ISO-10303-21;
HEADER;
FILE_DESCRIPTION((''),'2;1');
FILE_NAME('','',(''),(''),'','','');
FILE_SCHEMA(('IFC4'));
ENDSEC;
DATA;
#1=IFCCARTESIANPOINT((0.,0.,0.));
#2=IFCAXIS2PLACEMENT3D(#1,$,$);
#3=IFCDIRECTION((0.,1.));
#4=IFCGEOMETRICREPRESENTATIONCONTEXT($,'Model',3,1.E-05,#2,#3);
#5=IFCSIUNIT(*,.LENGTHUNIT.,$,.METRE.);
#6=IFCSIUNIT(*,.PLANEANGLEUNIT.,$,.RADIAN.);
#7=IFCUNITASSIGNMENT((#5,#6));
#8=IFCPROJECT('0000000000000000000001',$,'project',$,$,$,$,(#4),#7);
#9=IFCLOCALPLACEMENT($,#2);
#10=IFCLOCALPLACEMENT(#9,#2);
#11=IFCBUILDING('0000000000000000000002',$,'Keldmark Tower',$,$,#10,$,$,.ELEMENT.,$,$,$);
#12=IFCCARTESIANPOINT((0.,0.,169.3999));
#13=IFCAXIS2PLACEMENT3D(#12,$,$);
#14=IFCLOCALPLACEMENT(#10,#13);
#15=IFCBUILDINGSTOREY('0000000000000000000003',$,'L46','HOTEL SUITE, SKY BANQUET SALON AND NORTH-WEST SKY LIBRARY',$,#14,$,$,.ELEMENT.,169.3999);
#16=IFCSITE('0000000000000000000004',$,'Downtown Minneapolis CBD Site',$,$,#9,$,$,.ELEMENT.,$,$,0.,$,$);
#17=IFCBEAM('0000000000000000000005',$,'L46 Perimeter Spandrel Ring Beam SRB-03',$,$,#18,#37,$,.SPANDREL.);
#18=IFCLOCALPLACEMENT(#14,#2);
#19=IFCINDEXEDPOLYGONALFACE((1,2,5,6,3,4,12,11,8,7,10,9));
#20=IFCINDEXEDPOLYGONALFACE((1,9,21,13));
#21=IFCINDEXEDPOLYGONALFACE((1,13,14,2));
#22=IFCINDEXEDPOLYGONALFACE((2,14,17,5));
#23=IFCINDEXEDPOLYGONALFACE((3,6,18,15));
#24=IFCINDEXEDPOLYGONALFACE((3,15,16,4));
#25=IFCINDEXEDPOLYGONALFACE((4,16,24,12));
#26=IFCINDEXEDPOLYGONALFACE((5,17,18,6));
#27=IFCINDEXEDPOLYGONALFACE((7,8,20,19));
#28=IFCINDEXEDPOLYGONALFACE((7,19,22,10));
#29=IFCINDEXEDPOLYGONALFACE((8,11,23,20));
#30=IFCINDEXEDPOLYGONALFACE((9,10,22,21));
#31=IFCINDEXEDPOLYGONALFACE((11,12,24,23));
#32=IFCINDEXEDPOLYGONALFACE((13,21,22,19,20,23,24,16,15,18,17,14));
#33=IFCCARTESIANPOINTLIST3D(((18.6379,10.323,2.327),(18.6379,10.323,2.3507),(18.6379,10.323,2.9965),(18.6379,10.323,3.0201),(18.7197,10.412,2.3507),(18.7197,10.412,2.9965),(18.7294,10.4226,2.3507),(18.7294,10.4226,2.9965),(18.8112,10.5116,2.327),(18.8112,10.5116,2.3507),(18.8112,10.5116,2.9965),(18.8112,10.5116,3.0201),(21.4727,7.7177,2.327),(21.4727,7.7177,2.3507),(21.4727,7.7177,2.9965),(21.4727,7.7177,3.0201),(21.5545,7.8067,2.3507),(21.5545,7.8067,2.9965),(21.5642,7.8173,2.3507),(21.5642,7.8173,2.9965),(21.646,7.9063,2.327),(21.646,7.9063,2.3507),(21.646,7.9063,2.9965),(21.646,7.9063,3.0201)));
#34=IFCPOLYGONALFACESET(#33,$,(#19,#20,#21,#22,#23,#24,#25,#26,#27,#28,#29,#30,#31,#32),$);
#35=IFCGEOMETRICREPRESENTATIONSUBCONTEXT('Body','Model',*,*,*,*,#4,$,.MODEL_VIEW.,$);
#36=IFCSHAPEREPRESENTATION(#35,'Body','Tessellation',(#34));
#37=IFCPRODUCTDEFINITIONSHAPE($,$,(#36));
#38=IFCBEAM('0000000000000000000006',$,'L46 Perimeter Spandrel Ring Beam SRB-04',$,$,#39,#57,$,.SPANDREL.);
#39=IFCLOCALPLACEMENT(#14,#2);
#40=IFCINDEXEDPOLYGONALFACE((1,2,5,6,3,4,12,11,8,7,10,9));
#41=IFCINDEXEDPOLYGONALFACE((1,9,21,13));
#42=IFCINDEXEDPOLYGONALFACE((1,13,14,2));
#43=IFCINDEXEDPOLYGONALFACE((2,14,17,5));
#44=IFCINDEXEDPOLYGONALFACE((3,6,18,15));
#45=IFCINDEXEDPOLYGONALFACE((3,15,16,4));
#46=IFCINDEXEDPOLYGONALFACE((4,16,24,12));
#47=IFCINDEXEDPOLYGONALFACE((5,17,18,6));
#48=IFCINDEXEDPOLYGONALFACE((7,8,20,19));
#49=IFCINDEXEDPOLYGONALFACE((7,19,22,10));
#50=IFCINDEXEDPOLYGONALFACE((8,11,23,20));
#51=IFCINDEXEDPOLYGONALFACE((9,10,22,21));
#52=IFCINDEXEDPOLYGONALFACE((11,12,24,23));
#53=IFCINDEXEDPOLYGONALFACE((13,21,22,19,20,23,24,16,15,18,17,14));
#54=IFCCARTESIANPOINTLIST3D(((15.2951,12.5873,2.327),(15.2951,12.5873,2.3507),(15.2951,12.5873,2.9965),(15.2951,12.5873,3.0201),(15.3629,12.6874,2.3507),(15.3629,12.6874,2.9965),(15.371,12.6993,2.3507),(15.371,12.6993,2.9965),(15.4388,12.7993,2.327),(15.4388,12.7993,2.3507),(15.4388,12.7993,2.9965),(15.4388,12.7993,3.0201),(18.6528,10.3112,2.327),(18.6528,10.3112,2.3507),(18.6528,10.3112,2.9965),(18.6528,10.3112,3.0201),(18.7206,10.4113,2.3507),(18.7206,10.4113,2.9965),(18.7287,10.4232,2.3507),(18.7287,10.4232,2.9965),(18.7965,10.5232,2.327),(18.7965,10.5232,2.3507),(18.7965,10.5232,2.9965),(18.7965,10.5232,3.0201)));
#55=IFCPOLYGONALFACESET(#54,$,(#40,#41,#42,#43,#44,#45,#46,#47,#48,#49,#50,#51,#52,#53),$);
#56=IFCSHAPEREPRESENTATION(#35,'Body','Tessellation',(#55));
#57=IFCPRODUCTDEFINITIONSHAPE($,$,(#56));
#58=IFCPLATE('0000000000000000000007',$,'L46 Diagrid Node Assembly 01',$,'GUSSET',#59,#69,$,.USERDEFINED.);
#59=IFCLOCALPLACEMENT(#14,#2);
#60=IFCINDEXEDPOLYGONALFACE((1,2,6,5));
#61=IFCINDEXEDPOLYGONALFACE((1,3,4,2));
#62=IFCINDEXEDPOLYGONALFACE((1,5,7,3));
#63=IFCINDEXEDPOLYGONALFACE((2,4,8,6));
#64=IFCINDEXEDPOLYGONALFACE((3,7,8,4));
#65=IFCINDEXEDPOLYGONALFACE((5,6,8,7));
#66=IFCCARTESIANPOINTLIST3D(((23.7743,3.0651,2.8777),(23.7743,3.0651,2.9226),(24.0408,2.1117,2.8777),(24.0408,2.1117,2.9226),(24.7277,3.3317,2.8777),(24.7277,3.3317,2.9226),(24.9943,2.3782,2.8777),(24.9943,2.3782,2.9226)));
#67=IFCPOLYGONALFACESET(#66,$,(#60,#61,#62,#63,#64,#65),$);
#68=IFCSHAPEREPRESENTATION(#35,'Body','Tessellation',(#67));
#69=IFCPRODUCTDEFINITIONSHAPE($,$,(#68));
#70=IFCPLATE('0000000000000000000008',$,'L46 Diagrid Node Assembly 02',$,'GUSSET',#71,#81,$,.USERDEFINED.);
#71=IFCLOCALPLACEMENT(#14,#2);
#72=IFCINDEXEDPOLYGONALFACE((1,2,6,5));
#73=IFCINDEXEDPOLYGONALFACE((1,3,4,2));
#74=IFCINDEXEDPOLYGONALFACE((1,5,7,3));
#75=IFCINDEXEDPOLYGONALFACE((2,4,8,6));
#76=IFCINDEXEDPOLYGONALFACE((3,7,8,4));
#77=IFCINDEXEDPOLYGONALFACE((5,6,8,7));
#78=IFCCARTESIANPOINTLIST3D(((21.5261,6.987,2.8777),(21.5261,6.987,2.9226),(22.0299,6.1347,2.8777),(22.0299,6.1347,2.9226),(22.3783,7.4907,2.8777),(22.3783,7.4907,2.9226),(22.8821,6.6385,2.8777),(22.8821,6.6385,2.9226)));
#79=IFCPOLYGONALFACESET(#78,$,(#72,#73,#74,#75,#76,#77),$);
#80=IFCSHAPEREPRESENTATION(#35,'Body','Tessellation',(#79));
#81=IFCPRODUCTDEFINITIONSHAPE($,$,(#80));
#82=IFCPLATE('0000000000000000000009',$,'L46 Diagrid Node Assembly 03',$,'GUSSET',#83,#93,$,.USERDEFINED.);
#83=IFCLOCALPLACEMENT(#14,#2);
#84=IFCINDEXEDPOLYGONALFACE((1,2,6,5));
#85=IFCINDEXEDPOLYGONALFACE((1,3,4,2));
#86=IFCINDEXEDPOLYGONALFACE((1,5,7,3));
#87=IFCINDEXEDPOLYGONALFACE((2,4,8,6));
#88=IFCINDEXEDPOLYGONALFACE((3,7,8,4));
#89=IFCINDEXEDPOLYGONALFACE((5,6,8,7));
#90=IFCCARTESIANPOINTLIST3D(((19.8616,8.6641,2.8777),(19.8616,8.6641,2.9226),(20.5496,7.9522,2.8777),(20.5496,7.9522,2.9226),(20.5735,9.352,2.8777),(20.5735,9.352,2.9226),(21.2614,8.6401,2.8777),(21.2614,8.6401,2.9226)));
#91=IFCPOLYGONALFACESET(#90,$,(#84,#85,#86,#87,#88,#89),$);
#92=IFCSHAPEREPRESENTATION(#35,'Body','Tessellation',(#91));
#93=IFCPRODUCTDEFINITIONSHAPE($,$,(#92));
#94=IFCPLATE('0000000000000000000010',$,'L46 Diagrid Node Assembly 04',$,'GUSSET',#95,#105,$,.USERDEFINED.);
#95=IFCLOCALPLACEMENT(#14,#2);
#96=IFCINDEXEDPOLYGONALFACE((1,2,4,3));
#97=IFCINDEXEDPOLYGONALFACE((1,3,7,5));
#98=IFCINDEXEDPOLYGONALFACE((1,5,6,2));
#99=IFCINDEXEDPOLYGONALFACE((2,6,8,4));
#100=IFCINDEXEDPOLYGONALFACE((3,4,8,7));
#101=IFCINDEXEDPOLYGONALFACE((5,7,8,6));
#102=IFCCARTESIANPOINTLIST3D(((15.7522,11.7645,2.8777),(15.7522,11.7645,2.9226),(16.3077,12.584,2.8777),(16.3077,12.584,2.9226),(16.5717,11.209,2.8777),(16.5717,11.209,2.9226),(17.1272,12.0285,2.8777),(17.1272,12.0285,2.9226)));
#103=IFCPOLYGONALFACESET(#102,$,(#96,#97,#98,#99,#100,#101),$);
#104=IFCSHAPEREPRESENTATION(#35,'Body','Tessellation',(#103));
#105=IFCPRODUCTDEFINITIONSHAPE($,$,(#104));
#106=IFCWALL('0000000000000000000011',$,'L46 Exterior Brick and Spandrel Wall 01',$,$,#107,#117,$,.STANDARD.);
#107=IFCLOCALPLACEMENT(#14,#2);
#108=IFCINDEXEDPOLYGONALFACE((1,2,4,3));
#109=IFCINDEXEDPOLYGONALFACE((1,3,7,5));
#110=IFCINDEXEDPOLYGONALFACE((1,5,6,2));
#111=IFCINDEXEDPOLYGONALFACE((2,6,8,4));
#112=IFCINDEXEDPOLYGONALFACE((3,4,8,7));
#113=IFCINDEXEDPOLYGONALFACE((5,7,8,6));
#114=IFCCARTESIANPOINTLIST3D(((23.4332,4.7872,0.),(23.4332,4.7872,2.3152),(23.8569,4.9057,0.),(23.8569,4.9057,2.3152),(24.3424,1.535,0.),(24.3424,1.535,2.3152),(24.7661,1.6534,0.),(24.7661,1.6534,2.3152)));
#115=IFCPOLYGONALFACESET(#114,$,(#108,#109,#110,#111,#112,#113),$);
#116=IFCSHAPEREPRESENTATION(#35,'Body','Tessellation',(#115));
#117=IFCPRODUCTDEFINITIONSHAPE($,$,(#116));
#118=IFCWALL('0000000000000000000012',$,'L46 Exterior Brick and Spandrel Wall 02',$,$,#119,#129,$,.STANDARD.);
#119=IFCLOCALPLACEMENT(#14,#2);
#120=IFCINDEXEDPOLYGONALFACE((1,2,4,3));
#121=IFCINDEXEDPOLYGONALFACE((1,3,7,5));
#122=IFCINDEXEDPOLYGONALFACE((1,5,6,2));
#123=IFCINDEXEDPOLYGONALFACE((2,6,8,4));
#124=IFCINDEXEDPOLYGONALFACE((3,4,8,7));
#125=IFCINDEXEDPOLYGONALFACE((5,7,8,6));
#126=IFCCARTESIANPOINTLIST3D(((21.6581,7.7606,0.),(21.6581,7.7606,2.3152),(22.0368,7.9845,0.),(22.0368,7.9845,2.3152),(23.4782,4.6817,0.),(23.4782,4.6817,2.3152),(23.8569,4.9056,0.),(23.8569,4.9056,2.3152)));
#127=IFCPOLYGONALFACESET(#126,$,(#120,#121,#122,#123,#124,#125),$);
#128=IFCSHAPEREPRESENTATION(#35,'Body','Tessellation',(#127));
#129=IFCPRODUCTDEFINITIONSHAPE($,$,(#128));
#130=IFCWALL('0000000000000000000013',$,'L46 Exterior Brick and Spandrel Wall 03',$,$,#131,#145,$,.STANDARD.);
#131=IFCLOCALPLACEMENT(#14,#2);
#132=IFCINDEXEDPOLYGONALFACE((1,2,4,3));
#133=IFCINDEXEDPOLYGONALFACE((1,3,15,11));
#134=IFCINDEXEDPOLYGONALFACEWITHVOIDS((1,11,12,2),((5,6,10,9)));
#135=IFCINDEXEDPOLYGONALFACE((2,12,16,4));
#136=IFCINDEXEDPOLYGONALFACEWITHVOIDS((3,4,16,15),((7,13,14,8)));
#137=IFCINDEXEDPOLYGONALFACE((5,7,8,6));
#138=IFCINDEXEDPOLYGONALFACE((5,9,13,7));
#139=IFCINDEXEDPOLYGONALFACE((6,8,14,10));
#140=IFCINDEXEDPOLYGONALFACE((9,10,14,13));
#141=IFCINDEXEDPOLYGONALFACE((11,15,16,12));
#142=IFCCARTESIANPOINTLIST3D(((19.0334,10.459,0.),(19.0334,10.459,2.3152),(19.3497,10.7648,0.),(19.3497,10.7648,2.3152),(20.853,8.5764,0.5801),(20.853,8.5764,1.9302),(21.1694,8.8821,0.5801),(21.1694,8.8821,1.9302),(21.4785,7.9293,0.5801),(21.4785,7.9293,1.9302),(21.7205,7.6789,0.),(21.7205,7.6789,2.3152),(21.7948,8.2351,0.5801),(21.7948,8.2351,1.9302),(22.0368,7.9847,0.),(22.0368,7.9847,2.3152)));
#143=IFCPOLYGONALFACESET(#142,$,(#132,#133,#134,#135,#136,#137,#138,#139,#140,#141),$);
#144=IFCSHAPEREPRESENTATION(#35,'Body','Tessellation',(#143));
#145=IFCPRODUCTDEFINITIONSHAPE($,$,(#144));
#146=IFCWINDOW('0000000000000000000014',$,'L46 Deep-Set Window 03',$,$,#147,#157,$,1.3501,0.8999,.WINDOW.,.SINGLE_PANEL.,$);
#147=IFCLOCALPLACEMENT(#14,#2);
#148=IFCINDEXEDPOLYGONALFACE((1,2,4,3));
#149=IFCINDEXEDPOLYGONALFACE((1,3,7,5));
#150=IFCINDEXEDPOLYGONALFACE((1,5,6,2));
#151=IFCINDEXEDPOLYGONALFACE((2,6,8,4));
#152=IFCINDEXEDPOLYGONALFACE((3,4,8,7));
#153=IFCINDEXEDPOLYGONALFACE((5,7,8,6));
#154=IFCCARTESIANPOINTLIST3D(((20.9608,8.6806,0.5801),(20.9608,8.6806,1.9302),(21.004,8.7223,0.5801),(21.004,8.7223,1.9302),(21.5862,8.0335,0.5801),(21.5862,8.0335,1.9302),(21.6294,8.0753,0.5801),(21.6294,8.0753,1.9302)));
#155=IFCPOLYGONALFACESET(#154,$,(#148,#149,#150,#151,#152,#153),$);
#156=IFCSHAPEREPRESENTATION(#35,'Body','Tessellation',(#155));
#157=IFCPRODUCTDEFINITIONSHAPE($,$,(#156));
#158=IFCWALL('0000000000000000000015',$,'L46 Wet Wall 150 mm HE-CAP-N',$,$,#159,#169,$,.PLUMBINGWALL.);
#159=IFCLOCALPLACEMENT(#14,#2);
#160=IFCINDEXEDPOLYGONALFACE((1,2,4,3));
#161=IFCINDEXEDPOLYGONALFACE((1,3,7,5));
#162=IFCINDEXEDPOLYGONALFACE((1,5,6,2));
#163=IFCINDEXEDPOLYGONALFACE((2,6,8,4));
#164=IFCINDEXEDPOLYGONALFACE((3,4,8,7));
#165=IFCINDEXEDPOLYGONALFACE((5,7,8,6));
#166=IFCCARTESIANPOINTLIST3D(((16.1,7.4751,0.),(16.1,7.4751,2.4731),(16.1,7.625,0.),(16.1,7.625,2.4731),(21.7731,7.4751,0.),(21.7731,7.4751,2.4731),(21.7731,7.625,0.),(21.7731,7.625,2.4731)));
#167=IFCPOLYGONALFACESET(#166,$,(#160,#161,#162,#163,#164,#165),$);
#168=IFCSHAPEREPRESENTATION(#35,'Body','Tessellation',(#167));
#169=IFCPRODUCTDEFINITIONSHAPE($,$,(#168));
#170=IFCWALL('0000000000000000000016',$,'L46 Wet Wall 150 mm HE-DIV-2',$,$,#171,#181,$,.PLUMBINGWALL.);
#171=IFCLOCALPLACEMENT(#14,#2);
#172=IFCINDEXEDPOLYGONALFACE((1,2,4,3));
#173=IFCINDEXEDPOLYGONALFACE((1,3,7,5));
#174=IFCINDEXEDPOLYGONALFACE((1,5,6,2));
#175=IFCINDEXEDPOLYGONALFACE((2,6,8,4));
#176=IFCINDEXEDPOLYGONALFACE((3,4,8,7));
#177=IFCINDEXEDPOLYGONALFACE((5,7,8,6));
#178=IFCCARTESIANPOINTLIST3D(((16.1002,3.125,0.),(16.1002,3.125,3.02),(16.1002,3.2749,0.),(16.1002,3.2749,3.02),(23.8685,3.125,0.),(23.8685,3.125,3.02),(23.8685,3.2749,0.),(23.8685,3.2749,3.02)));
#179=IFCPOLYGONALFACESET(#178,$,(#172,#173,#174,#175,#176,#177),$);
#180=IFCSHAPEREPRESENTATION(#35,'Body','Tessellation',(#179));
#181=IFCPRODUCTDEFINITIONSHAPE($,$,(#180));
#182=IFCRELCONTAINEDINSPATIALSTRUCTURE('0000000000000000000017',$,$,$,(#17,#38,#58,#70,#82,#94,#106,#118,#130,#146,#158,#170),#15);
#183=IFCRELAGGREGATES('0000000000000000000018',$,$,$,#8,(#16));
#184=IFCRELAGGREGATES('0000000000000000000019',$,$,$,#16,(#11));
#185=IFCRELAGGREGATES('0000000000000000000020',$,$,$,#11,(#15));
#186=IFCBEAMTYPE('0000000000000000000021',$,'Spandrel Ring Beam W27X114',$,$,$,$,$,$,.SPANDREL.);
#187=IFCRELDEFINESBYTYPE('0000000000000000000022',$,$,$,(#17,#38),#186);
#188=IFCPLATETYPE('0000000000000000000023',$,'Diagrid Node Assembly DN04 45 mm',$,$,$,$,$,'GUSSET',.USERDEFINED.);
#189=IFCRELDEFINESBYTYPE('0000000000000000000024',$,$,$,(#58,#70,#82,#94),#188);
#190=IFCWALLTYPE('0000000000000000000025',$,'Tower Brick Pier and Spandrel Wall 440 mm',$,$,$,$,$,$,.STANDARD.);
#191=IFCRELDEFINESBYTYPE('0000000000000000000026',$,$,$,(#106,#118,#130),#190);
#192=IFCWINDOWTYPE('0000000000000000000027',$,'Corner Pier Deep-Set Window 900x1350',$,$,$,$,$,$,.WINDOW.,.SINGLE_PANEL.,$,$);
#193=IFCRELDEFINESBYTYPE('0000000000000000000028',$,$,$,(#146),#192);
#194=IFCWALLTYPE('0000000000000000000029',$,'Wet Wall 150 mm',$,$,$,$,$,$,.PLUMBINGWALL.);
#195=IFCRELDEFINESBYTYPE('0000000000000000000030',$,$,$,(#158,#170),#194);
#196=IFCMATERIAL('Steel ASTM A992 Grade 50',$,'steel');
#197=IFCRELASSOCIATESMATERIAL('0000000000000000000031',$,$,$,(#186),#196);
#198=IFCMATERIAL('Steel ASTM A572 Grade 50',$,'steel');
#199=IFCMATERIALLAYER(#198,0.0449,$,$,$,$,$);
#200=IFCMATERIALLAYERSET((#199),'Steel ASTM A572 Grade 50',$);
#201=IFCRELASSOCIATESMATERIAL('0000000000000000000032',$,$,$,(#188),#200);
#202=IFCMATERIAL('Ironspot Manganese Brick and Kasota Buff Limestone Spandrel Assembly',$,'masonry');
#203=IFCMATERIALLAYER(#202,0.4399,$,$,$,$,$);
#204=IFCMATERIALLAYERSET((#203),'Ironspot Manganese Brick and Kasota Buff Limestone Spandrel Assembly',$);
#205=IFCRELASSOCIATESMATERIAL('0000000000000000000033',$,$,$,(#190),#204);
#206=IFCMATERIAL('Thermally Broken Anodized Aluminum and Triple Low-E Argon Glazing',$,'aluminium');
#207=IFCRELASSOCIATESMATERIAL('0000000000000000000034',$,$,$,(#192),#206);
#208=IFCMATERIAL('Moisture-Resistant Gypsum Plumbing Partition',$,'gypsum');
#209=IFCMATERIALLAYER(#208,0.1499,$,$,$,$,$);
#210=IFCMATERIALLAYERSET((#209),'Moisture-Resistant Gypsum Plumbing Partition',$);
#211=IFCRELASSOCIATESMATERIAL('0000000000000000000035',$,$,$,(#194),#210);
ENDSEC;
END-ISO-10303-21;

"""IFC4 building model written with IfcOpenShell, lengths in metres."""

from ifc_helpers import new_model, si_unit, direction, frame, frame_2d, origin, origin_2d, place, context, subcontext, project, spatial, rectangle, i_section, extrude, material, layer, layer_set, material_profile, profile_set, type_object, element, fill, save


model = new_model("IFC4")

# Units and contexts
model_context = context("Model", 3, precision=1e-05, world=origin(), true_north=direction((0.0, 1.0)))
body_context = subcontext(model_context, "Body", "Model", "MODEL_VIEW")
ifc_project = project(units=[si_unit("LENGTHUNIT", "METRE"), si_unit("PLANEANGLEUNIT", "RADIAN")], contexts=[model_context])

# Site, building, storey
site_placement = place(None, origin())
site = spatial("IfcSite", under=ifc_project, at=site_placement, Name="Downtown Minneapolis CBD Site", CompositionType="ELEMENT", RefElevation=0.0)
building_placement = place(site_placement, origin())
building = spatial("IfcBuilding", under=site, at=building_placement, Name="Keldmark Tower", CompositionType="ELEMENT")
storey_placement = place(building_placement, frame((0.0, 0.0, 169.3999)))
storey = spatial("IfcBuildingStorey", under=building, at=storey_placement, Name="L46", Description="HOTEL SUITE, SKY BANQUET SALON AND NORTH-WEST SKY LIBRARY", CompositionType="ELEMENT", Elevation=169.3999)

# Beams
ifc_material_1 = material(Name="Steel ASTM A992 Grade 50", Category="steel")
ifc_material_profile_1 = material_profile(ifc_material_1, i_section(OverallWidth=0.2561, OverallDepth=0.6931, WebThickness=0.0144, FlangeThickness=0.0237, at=origin_2d()), Name="W27X114")
ifc_profile_set_1 = profile_set([ifc_material_profile_1], Name="Steel ASTM A992 Grade 50")
beam_type_1 = type_object("IfcBeamType", Name="Spandrel Ring Beam W27X114", PredefinedType="SPANDREL", material=ifc_profile_set_1)
beam_1_placement = place(storey_placement, frame((21.5593, 7.812, 2.6736), z_axis=(-0.736282, 0.676675, 0.0), x_axis=(-0.676675, -0.736282, 0.0)))
element("IfcBeam", 1, at=beam_1_placement, inside=storey, type_object=beam_type_1, Name="L46 Perimeter Spandrel Ring Beam SRB-03", PredefinedType="SPANDREL", context=body_context, shape_type="SweptSolid", body=[
    extrude(i_section(OverallWidth=0.2561, OverallDepth=0.6931, WebThickness=0.0144, FlangeThickness=0.0237, at=origin_2d()), origin(), (0.0, 0.0, 1.0), 3.8501),
])
beam_2_placement = place(storey_placement, frame((18.7246, 10.4172, 2.6736), z_axis=(-0.827738, 0.561114, 0.0), x_axis=(-0.561114, -0.827738, 0.0)))
element("IfcBeam", 2, at=beam_2_placement, inside=storey, type_object=beam_type_1, Name="L46 Perimeter Spandrel Ring Beam SRB-04", PredefinedType="SPANDREL", context=body_context, shape_type="SweptSolid", body=[
    extrude(i_section(OverallWidth=0.2561, OverallDepth=0.6931, WebThickness=0.0144, FlangeThickness=0.0237, at=origin_2d()), origin(), (0.0, 0.0, 1.0), 4.0564),
])

# Plates
ifc_material_2 = material(Name="Steel ASTM A572 Grade 50", Category="steel")
ifc_layer_1 = layer(ifc_material_2, 0.0449)
ifc_layer_set_1 = layer_set([ifc_layer_1], Name="Steel ASTM A572 Grade 50")
plate_type = type_object("IfcPlateType", Name="Diagrid Node Assembly DN04 45 mm", ElementType="GUSSET", PredefinedType="USERDEFINED", material=ifc_layer_set_1)
for number, where, z_axis, x_axis, name in (
    (3, (24.3843, 2.7217, 2.8777), (0.0, 0.0, 1.0), (-0.269256, 0.963069, 0.0), "L46 Diagrid Node Assembly 01"),
    (4, (22.2041, 6.8127, 2.8777), (0.0, 0.0, 1.0), (-0.508891, 0.860831, 0.0), "L46 Diagrid Node Assembly 02"),
    (5, (20.5615, 8.6521, 2.8777), (0.0, 0.0, 1.0), (-0.694909, 0.719097, 0.0), "L46 Diagrid Node Assembly 03"),
    (6, (16.4397, 11.8965, 2.8777), (0.0, 0.0, 1.0), (-0.827767, 0.561072, 0.0), "L46 Diagrid Node Assembly 04"),
):
    element("IfcPlate", number, at=place(storey_placement, frame(where, z_axis=z_axis, x_axis=x_axis)), inside=storey, type_object=plate_type, Name=name, ObjectType="GUSSET", PredefinedType="USERDEFINED", context=body_context, shape_type="SweptSolid", body=[
        extrude(rectangle(XDim=0.99, YDim=0.99, at=origin_2d()), origin(), (0.0, 0.0, 1.0), 0.0449),
    ])

# Walls
ifc_material_3 = material(Name="Ironspot Manganese Brick and Kasota Buff Limestone Spandrel Assembly", Category="masonry")
ifc_layer_2 = layer(ifc_material_3, 0.4399)
ifc_layer_set_2 = layer_set([ifc_layer_2], Name="Ironspot Manganese Brick and Kasota Buff Limestone Spandrel Assembly")
wall_type_1 = type_object("IfcWallType", Name="Tower Brick Pier and Spandrel Wall 440 mm", PredefinedType="STANDARD", material=ifc_layer_set_2)
wall_1_placement = place(storey_placement, frame((23.645, 4.8464, 0.0), z_axis=(0.0, 0.0, 1.0), x_axis=(0.269236, -0.963074, 0.0)))
element("IfcWall", 7, at=wall_1_placement, inside=storey, type_object=wall_type_1, Name="L46 Exterior Brick and Spandrel Wall 01", PredefinedType="STANDARD", context=body_context, shape_type="SweptSolid", body=[
    extrude(rectangle(XDim=3.377, YDim=0.4399, at=frame_2d((1.6885, 0.0))), origin(), (0.0, 0.0, 1.0), 2.3152),
])
wall_2_placement = place(storey_placement, frame((21.8474, 7.8726, 0.0), z_axis=(0.0, 0.0, 1.0), x_axis=(0.508883, -0.860835, 0.0)))
element("IfcWall", 8, at=wall_2_placement, inside=storey, type_object=wall_type_1, Name="L46 Exterior Brick and Spandrel Wall 02", PredefinedType="STANDARD", context=body_context, shape_type="SweptSolid", body=[
    extrude(rectangle(XDim=3.5767, YDim=0.4399, at=frame_2d((1.7883, 0.0))), origin(), (0.0, 0.0, 1.0), 2.3152),
])

# Wall, opening, window
wall_3_placement = place(storey_placement, frame((19.1917, 10.6118, 0.0), z_axis=(0.0, 0.0, 1.0), x_axis=(0.694975, -0.719034, 0.0)))
wall_3 = element("IfcWall", 9, at=wall_3_placement, inside=storey, type_object=wall_type_1, Name="L46 Exterior Brick and Spandrel Wall 03", PredefinedType="STANDARD", context=body_context, shape_type="SweptSolid", body=[
    extrude(rectangle(XDim=3.8665, YDim=0.4399, at=frame_2d((1.9331, 0.0))), origin(), (0.0, 0.0, 1.0), 2.3152),
])
opening_placement = place(wall_3_placement, frame((2.6182, 0.0, 0.5801)))
opening = element("IfcOpeningElement", 10, at=opening_placement, cuts=wall_3, PredefinedType="OPENING", context=body_context, shape_type="SweptSolid", body=[
    extrude(rectangle(XDim=0.8999, YDim=1.3501, at=frame_2d((0.45, 0.675))), frame((0.0, 0.23, 0.0), z_axis=(0.0, -1.0, 0.0), x_axis=(1.0, 0.0, 0.0)), (0.0, 0.0, 1.0), 0.46),
])
ifc_material_4 = material(Name="Thermally Broken Anodized Aluminum and Triple Low-E Argon Glazing", Category="aluminium")
window_type = type_object("IfcWindowType", Name="Corner Pier Deep-Set Window 900x1350", PartitioningType="SINGLE_PANEL", PredefinedType="WINDOW", material=ifc_material_4)
window_placement = place(opening_placement, origin())
window = element("IfcWindow", 11, at=window_placement, inside=storey, type_object=window_type, Name="L46 Deep-Set Window 03", OverallHeight=1.3501, OverallWidth=0.8999, PartitioningType="SINGLE_PANEL", PredefinedType="WINDOW", context=body_context, shape_type="SweptSolid", body=[
    extrude(rectangle(XDim=0.8999, YDim=1.3501, at=frame_2d((0.45, 0.675))), frame((0.0, -0.01, 0.0), z_axis=(0.0, -1.0, 0.0), x_axis=(1.0, 0.0, 0.0)), (0.0, 0.0, 1.0), 0.0601),
])
fill(opening, window)

# Walls
ifc_material_5 = material(Name="Moisture-Resistant Gypsum Plumbing Partition", Category="gypsum")
ifc_layer_3 = layer(ifc_material_5, 0.1499)
ifc_layer_set_3 = layer_set([ifc_layer_3], Name="Moisture-Resistant Gypsum Plumbing Partition")
wall_type_2 = type_object("IfcWallType", Name="Wet Wall 150 mm", PredefinedType="PLUMBINGWALL", material=ifc_layer_set_3)
wall_4_placement = place(storey_placement, frame((16.1001, 7.55, 0.0), z_axis=(0.0, 0.0, 1.0), x_axis=(1.0, 0.0, 0.0)))
element("IfcWall", 12, at=wall_4_placement, inside=storey, type_object=wall_type_2, Name="L46 Wet Wall 150 mm HE-CAP-N", PredefinedType="PLUMBINGWALL", context=body_context, shape_type="SweptSolid", body=[
    extrude(rectangle(XDim=5.6731, YDim=0.1499, at=frame_2d((2.8364, 0.0))), origin(), (0.0, 0.0, 1.0), 2.4731),
])
wall_5_placement = place(storey_placement, frame((16.1001, 3.2, 0.0), z_axis=(0.0, 0.0, 1.0), x_axis=(1.0, 0.0, 0.0)))
element("IfcWall", 13, at=wall_5_placement, inside=storey, type_object=wall_type_2, Name="L46 Wet Wall 150 mm HE-DIV-2", PredefinedType="PLUMBINGWALL", context=body_context, shape_type="SweptSolid", body=[
    extrude(rectangle(XDim=7.7683, YDim=0.1499, at=frame_2d((3.8843, 0.0))), origin(), (0.0, 0.0, 1.0), 3.02),
])

save(model, "model.ifc")
